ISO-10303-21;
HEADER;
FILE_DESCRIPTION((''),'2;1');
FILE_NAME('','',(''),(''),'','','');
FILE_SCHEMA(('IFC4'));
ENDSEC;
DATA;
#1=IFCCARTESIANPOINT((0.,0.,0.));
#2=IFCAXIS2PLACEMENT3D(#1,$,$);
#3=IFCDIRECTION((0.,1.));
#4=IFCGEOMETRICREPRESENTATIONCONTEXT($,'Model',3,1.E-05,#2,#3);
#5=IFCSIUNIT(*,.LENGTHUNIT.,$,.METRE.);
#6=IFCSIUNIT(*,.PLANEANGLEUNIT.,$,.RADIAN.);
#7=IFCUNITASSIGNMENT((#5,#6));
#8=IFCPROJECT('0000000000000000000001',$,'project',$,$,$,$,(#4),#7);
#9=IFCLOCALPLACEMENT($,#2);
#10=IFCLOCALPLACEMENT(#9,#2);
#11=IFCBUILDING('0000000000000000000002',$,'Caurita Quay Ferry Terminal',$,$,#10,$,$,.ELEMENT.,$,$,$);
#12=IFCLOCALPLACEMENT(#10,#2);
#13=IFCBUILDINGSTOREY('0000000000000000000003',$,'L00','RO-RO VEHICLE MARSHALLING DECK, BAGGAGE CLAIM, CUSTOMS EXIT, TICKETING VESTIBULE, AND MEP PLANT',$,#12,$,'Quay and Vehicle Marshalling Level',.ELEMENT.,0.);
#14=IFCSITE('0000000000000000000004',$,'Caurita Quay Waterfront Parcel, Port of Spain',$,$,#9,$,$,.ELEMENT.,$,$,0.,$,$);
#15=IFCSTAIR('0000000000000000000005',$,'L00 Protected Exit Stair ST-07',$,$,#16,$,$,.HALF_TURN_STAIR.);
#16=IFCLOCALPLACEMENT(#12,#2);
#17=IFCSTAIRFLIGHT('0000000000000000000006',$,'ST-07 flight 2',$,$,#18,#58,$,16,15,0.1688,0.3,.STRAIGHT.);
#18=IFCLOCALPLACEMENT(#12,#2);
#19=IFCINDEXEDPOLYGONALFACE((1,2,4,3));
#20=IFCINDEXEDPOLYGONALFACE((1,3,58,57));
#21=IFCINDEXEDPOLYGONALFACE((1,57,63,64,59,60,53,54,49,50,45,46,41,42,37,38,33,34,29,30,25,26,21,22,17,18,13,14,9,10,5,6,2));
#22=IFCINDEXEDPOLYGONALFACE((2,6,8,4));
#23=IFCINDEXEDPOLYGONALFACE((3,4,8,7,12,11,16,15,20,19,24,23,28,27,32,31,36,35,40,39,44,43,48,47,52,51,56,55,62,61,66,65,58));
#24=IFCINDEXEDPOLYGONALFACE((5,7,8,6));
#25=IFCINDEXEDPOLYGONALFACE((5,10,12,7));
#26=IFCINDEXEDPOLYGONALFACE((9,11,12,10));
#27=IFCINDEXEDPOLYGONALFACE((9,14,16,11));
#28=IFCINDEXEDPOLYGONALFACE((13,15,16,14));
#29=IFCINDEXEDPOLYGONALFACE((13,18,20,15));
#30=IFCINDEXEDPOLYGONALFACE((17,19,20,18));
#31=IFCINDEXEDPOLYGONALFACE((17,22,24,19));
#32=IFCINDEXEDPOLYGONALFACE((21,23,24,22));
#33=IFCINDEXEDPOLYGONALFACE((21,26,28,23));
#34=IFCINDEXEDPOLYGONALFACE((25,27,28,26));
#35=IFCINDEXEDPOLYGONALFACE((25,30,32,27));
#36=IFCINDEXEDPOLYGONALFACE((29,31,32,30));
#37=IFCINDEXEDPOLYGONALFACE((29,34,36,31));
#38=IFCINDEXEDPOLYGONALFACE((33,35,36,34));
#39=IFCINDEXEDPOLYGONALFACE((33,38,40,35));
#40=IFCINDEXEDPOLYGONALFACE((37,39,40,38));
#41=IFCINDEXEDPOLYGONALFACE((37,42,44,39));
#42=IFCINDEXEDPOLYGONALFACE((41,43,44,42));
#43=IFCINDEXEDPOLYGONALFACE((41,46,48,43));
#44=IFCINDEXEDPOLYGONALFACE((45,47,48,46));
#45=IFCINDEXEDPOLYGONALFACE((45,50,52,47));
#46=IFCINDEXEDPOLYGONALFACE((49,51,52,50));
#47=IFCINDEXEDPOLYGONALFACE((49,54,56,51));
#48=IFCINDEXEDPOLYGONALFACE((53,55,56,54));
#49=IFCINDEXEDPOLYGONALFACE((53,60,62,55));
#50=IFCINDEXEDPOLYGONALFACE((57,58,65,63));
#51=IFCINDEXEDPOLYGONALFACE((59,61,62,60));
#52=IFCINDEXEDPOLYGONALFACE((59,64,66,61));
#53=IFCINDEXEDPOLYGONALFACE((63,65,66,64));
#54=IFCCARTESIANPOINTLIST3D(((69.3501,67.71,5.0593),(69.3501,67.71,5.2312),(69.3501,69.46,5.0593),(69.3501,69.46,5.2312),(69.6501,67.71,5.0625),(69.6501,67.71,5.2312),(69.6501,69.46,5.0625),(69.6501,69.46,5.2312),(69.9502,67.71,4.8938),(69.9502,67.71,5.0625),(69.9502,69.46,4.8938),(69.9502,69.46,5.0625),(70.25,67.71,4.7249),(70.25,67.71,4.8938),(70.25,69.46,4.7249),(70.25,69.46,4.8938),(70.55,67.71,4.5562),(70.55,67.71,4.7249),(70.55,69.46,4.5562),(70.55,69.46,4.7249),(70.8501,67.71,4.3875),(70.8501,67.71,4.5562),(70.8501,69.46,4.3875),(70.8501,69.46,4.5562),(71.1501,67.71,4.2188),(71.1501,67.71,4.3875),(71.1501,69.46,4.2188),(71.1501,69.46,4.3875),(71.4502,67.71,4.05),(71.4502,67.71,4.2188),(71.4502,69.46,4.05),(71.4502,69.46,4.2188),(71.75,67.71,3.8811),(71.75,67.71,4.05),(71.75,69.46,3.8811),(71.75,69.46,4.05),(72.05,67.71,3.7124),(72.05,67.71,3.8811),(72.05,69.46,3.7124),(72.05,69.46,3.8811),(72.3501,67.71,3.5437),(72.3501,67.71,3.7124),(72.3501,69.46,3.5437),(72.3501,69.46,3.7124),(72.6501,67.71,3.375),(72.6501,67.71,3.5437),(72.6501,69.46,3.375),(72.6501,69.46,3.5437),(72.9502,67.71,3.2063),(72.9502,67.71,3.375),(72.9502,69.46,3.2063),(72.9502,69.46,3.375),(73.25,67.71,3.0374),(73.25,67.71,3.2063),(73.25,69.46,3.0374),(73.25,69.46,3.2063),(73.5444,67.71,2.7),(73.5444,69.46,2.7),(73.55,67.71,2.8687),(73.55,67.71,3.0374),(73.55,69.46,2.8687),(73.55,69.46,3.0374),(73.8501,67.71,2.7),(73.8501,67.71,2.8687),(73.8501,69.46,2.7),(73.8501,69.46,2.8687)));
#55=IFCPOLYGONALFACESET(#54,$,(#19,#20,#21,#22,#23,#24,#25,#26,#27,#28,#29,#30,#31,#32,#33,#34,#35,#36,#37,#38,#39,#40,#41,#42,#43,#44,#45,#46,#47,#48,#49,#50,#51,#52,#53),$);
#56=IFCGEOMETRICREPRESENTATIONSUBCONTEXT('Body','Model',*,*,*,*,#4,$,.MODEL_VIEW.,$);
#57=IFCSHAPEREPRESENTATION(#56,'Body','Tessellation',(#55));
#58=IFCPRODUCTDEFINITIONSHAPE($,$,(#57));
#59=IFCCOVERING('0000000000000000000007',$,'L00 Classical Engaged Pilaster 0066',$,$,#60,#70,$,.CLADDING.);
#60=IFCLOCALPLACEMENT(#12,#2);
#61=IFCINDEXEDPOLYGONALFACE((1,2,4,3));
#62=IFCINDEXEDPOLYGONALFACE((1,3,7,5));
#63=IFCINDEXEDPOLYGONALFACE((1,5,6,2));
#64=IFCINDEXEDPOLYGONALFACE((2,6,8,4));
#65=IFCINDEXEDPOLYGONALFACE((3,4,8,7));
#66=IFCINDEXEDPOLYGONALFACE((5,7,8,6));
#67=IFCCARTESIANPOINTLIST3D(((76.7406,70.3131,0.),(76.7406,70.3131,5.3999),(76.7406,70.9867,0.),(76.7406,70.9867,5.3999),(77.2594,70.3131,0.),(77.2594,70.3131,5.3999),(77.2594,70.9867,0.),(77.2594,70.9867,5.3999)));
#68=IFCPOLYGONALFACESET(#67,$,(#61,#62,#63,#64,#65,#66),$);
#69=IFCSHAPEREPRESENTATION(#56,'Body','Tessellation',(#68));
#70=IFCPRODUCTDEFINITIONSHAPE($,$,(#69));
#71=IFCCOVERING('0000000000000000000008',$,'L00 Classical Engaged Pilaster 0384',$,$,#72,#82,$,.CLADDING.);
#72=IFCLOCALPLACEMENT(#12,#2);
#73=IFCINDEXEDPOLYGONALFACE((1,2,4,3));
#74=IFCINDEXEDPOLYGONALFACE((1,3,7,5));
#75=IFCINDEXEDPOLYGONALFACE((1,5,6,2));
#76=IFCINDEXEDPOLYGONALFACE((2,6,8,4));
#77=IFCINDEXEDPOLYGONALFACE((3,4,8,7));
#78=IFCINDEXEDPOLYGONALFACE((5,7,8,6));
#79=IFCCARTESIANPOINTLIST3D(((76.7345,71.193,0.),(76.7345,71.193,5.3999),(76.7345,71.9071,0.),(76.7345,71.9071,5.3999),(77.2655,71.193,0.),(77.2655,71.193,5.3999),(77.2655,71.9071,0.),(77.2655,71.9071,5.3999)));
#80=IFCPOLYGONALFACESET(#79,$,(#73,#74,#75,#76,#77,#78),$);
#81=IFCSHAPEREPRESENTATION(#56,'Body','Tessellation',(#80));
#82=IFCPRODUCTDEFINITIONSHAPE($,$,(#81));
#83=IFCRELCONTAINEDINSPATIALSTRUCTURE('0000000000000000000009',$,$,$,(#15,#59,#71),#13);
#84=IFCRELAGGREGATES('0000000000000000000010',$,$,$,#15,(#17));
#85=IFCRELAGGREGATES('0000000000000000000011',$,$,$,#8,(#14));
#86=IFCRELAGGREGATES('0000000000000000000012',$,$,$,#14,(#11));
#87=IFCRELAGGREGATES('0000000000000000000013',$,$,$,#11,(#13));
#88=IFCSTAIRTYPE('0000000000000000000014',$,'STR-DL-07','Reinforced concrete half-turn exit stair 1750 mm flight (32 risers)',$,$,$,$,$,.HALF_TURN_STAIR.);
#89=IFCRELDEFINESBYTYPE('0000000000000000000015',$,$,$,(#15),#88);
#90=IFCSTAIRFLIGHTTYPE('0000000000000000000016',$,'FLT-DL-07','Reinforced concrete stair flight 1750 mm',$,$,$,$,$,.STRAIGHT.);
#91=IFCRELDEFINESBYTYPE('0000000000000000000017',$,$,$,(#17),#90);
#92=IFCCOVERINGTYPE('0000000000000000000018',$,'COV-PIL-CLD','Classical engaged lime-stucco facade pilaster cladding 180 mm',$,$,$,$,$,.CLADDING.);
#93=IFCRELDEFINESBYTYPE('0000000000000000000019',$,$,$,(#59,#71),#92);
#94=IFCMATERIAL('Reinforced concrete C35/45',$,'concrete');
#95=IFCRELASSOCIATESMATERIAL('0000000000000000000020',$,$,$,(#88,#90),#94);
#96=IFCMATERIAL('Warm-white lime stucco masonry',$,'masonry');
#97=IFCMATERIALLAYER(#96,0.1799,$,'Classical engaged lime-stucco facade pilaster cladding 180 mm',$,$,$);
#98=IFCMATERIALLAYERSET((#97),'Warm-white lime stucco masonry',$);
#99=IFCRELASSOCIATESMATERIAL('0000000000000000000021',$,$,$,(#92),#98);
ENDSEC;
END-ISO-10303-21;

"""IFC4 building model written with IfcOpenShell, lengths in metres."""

from ifc_helpers import new_model, si_unit, direction, frame, origin, origin_2d, place, context, subcontext, project, spatial, polyline, rectangle, outline, extrude, material, layer, layer_set, type_object, element, aggregate, save


model = new_model("IFC4")

# Units and contexts
model_context = context("Model", 3, precision=1e-05, world=origin(), true_north=direction((0.0, 1.0)))
body_context = subcontext(model_context, "Body", "Model", "MODEL_VIEW")
ifc_project = project(units=[si_unit("LENGTHUNIT", "METRE"), si_unit("PLANEANGLEUNIT", "RADIAN")], contexts=[model_context])

# Site, building, storey
site_placement = place(None, origin())
site = spatial("IfcSite", under=ifc_project, at=site_placement, Name="Caurita Quay Waterfront Parcel, Port of Spain", CompositionType="ELEMENT", RefElevation=0.0)
building_placement = place(site_placement, origin())
building = spatial("IfcBuilding", under=site, at=building_placement, Name="Caurita Quay Ferry Terminal", CompositionType="ELEMENT")
storey_placement = place(building_placement, origin())
storey = spatial("IfcBuildingStorey", under=building, at=storey_placement, Name="L00", Description="RO-RO VEHICLE MARSHALLING DECK, BAGGAGE CLAIM, CUSTOMS EXIT, TICKETING VESTIBULE, AND MEP PLANT", LongName="Quay and Vehicle Marshalling Level", CompositionType="ELEMENT", Elevation=0.0)

# Shared definitions
ifc_material_1 = material(Name="Reinforced concrete C35/45", Category="concrete")

# Shared definitions
ifc_material_2 = material(Name="Warm-white lime stucco masonry", Category="masonry")

# Stair, stair flight
stair_type = type_object("IfcStairType", Name="STR-DL-07", Description="Reinforced concrete half-turn exit stair 1750 mm flight (32 risers)", PredefinedType="HALF_TURN_STAIR", material=ifc_material_1)
stair_placement = place(storey_placement, origin())
stair = element("IfcStair", 1, at=stair_placement, inside=storey, type_object=stair_type, Name="L00 Protected Exit Stair ST-07", PredefinedType="HALF_TURN_STAIR")
stair_flight_type = type_object("IfcStairFlightType", Name="FLT-DL-07", Description="Reinforced concrete stair flight 1750 mm", PredefinedType="STRAIGHT", material=ifc_material_1)
stair_flight_placement = place(storey_placement, frame((73.8501, 68.585, 2.7), z_axis=(0.0, 0.0, 1.0), x_axis=(-1.0, 0.0, 0.0)))
stair_flight = element("IfcStairFlight", 2, at=stair_flight_placement, type_object=stair_flight_type, Name="ST-07 flight 2", NumberOfRisers=16, NumberOfTreads=15, PredefinedType="STRAIGHT", RiserHeight=0.1688, TreadLength=0.3, context=body_context, shape_type="SweptSolid", body=[
    extrude(outline(polyline([(0.0, 0.0), (0.0, 0.1687), (0.3, 0.1687), (0.3, 0.3374), (0.6001, 0.3374), (0.6001, 0.5063), (0.8999, 0.5063), (0.8999, 0.675), (1.2, 0.675), (1.2, 0.8438), (1.5, 0.8438), (1.5, 1.0125), (1.8, 1.0125), (1.8, 1.1812), (2.1001, 1.1812), (2.1001, 1.3501), (2.3999, 1.3501), (2.3999, 1.5188), (2.7, 1.5188), (2.7, 1.6875), (3.0, 1.6875), (3.0, 1.8562), (3.3, 1.8562), (3.3, 2.0249), (3.6001, 2.0249), (3.6001, 2.1938), (3.8999, 2.1938), (3.8999, 2.3625), (4.2, 2.3625), (4.2, 2.5312), (4.5, 2.5312), (4.5, 2.7), (4.5, 2.3594), (0.3057, 0.0), (0.0, 0.0)])), frame((0.0, 0.875, 0.0), z_axis=(0.0, -1.0, 0.0), x_axis=(1.0, 0.0, 0.0)), (0.0, 0.0, 1.0), 1.75),
])
aggregate(stair, [stair_flight])

# Coverings
ifc_layer_1 = layer(ifc_material_2, 0.1799, Name="Classical engaged lime-stucco facade pilaster cladding 180 mm")
ifc_layer_set_1 = layer_set([ifc_layer_1], Name="Warm-white lime stucco masonry")
covering_type = type_object("IfcCoveringType", Name="COV-PIL-CLD", Description="Classical engaged lime-stucco facade pilaster cladding 180 mm", PredefinedType="CLADDING", material=ifc_layer_set_1)
covering_1_placement = place(storey_placement, frame((77.0, 70.6499, 0.0), z_axis=(0.0, 0.0, 1.0), x_axis=(1.0, 0.0, 0.0)))
element("IfcCovering", 3, at=covering_1_placement, inside=storey, type_object=covering_type, Name="L00 Classical Engaged Pilaster 0066", PredefinedType="CLADDING", context=body_context, shape_type="SweptSolid", body=[
    extrude(rectangle(XDim=0.5188, YDim=0.6736, at=origin_2d()), origin(), (0.0, 0.0, 1.0), 5.3999),
])
covering_2_placement = place(storey_placement, frame((77.0, 71.55, 0.0), z_axis=(0.0, 0.0, 1.0), x_axis=(1.0, 0.0, 0.0)))
element("IfcCovering", 4, at=covering_2_placement, inside=storey, type_object=covering_type, Name="L00 Classical Engaged Pilaster 0384", PredefinedType="CLADDING", context=body_context, shape_type="SweptSolid", body=[
    extrude(rectangle(XDim=0.531, YDim=0.7141, at=origin_2d()), origin(), (0.0, 0.0, 1.0), 5.3999),
])

save(model, "model.ifc")
